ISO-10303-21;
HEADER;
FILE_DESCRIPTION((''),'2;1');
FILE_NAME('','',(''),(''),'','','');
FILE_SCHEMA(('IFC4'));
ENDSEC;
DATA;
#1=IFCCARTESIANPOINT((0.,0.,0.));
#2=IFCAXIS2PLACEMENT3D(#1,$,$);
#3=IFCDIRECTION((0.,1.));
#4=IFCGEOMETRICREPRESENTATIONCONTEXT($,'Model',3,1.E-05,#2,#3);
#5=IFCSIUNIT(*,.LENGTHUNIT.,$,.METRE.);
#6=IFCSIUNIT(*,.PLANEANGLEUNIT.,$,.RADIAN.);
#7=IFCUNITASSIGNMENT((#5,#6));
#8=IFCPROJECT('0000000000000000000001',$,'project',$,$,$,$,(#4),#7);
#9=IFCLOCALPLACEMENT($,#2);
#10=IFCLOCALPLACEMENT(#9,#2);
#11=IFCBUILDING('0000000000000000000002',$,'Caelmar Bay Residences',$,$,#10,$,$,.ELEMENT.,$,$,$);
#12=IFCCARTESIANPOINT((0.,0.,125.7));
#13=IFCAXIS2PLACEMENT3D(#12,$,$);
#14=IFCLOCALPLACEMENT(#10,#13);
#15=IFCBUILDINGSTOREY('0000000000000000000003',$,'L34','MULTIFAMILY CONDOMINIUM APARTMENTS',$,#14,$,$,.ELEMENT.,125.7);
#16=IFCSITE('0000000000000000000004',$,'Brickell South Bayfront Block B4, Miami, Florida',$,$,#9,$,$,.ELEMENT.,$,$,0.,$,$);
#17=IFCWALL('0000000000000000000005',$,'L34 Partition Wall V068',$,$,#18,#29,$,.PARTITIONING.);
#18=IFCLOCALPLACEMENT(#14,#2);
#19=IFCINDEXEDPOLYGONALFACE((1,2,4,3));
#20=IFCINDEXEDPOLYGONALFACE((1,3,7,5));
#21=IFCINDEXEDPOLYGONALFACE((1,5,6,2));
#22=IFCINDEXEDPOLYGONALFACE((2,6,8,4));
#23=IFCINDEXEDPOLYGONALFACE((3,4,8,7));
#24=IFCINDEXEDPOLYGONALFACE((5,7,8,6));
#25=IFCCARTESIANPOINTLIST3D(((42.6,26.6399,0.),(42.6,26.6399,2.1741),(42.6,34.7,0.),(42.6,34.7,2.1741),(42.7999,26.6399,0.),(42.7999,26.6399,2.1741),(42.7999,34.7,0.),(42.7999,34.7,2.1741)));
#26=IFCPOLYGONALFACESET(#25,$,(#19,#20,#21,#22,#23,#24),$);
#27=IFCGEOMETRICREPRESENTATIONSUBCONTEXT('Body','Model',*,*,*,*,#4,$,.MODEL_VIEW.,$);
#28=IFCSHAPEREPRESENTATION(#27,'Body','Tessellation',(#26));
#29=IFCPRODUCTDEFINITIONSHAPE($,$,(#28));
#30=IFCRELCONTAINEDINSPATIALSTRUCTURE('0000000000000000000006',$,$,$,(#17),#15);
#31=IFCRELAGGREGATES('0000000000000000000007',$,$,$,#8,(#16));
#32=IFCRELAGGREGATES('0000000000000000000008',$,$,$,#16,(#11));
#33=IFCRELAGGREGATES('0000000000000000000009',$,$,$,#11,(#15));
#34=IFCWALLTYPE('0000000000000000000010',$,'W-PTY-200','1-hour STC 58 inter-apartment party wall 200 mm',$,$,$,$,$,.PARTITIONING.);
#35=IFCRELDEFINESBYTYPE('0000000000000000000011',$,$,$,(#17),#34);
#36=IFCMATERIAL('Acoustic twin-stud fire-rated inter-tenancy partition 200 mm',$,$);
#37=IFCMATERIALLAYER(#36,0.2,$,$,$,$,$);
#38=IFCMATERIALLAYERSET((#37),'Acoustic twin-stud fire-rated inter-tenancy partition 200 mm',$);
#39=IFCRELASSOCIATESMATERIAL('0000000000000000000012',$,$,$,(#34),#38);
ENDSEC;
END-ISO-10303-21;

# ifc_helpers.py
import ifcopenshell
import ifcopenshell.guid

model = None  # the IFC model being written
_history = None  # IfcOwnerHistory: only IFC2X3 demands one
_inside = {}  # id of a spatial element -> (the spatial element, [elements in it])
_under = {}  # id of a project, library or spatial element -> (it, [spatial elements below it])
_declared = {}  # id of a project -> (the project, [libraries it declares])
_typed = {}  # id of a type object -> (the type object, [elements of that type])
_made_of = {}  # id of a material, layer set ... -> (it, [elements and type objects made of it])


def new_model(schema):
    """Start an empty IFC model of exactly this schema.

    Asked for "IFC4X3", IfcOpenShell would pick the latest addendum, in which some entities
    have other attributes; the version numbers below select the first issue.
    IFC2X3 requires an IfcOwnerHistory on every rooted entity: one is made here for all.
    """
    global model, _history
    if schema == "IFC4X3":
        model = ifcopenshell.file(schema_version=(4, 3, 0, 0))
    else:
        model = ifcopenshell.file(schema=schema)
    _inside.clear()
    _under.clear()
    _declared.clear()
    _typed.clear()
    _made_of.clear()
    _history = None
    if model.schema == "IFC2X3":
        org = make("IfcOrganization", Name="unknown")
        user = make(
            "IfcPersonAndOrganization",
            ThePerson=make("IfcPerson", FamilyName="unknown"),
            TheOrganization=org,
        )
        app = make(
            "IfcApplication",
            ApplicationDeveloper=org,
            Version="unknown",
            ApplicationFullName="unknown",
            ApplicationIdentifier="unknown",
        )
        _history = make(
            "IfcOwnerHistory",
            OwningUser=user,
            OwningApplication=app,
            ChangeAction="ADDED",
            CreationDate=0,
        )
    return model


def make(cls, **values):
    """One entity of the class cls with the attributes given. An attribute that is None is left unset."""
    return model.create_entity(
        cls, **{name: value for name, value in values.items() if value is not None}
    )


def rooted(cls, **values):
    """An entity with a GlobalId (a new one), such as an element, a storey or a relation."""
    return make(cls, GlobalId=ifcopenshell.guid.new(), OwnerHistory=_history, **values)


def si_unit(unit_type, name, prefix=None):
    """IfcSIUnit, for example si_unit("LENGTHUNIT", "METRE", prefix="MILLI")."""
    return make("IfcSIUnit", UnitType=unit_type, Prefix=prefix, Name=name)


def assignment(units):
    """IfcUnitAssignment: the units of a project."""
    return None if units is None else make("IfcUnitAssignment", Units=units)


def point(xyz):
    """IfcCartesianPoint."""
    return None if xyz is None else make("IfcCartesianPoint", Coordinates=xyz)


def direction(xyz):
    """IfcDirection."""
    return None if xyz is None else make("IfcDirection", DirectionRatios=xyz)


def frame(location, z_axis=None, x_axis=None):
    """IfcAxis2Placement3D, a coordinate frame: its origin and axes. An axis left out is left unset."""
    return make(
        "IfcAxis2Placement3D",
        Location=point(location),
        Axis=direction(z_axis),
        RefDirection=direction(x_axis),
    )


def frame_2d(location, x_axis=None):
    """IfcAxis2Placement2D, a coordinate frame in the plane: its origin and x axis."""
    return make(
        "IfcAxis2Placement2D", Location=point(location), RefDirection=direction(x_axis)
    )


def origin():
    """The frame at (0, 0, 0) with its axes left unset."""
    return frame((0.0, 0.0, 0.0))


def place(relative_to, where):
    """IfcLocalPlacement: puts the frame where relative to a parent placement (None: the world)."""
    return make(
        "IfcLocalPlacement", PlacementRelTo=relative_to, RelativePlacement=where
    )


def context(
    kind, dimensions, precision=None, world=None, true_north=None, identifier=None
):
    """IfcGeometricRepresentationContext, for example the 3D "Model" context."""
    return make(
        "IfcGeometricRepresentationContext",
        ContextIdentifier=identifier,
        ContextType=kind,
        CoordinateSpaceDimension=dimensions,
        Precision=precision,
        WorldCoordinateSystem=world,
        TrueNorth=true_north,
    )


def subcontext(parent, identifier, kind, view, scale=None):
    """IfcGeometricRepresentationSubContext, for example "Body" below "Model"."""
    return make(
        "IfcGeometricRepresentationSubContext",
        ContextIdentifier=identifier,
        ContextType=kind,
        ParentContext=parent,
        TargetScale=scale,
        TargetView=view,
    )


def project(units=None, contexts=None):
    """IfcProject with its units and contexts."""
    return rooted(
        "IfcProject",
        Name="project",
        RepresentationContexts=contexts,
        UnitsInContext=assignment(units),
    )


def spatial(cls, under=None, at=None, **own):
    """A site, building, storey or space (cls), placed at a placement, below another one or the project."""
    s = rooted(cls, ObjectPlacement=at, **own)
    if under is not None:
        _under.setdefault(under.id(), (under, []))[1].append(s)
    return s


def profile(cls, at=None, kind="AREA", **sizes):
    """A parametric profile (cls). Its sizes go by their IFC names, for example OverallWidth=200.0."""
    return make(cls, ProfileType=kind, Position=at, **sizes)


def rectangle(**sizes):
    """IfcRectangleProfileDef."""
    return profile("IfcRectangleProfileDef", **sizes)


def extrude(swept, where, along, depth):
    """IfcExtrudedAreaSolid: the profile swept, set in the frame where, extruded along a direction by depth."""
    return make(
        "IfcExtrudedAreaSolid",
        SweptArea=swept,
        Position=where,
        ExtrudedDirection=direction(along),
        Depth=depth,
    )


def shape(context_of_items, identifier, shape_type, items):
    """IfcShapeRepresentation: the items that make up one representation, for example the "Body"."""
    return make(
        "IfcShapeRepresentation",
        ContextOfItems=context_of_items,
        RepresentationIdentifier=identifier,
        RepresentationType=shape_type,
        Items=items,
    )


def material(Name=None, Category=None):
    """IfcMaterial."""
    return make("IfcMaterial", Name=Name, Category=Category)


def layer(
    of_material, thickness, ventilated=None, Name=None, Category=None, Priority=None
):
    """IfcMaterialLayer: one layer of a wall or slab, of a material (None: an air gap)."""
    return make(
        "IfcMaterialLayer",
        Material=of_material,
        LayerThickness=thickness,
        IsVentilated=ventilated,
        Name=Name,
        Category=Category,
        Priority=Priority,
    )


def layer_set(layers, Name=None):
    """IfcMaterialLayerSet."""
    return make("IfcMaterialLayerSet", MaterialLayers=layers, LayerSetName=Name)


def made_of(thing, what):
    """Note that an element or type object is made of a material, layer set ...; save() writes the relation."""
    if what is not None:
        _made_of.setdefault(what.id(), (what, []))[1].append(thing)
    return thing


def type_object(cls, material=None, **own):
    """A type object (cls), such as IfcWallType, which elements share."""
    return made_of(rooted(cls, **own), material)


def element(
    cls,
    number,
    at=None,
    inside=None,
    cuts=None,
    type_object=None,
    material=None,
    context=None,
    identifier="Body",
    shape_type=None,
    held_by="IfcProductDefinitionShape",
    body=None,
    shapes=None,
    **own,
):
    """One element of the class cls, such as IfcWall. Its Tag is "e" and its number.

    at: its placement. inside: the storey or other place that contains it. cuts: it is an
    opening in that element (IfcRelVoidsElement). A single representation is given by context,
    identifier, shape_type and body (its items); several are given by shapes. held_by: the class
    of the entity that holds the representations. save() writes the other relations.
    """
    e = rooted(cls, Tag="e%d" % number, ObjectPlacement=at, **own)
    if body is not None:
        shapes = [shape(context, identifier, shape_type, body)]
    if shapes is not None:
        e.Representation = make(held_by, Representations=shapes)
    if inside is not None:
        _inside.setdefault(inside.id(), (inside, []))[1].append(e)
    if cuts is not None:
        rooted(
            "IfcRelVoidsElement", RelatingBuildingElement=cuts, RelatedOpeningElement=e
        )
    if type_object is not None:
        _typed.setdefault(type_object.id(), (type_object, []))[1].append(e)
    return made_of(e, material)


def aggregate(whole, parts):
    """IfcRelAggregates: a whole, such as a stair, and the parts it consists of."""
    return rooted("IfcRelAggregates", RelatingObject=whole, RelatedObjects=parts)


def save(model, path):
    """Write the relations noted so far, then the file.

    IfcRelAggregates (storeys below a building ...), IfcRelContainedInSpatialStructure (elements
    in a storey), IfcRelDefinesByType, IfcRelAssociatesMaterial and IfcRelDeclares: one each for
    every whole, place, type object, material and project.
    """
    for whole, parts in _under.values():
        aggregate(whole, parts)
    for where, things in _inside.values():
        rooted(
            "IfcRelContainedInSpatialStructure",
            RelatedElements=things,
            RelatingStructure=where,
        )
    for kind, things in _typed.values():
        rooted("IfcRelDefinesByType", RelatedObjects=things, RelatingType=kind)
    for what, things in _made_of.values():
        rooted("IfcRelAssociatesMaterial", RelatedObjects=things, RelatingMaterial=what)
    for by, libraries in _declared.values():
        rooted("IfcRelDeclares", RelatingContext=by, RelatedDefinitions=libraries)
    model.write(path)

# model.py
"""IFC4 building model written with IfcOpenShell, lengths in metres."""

from ifc_helpers import new_model, si_unit, direction, frame, frame_2d, origin, place, context, subcontext, project, spatial, rectangle, extrude, material, layer, layer_set, type_object, element, save


model = new_model("IFC4")

# Units and contexts
model_context = context("Model", 3, precision=1e-05, world=origin(), true_north=direction((0.0, 1.0)))
body_context = subcontext(model_context, "Body", "Model", "MODEL_VIEW")
ifc_project = project(units=[si_unit("LENGTHUNIT", "METRE"), si_unit("PLANEANGLEUNIT", "RADIAN")], contexts=[model_context])

# Site, building, storey
site_placement = place(None, origin())
site = spatial("IfcSite", under=ifc_project, at=site_placement, Name="Brickell South Bayfront Block B4, Miami, Florida", CompositionType="ELEMENT", RefElevation=0.0)
building_placement = place(site_placement, origin())
building = spatial("IfcBuilding", under=site, at=building_placement, Name="Caelmar Bay Residences", CompositionType="ELEMENT")
storey_placement = place(building_placement, frame((0.0, 0.0, 125.7)))
storey = spatial("IfcBuildingStorey", under=building, at=storey_placement, Name="L34", Description="MULTIFAMILY CONDOMINIUM APARTMENTS", CompositionType="ELEMENT", Elevation=125.7)

# Wall
ifc_material_1 = material(Name="Acoustic twin-stud fire-rated inter-tenancy partition 200 mm")
ifc_layer_1 = layer(ifc_material_1, 0.2)
ifc_layer_set_1 = layer_set([ifc_layer_1], Name="Acoustic twin-stud fire-rated inter-tenancy partition 200 mm")
wall_type_1 = type_object("IfcWallType", Name="W-PTY-200", Description="1-hour STC 58 inter-apartment party wall 200 mm", PredefinedType="PARTITIONING", material=ifc_layer_set_1)
wall_1_placement = place(storey_placement, frame((42.7, 26.6399, 0.0), z_axis=(0.0, 0.0, 1.0), x_axis=(0.0, 1.0, 0.0)))
element("IfcWall", 1, at=wall_1_placement, inside=storey, type_object=wall_type_1, Name="L34 Partition Wall V068", PredefinedType="PARTITIONING", context=body_context, shape_type="SweptSolid", body=[
    extrude(rectangle(XDim=8.0601, YDim=0.2, at=frame_2d((4.03, 0.0))), origin(), (0.0, 0.0, 1.0), 2.1741),
])

save(model, "model.ifc")
